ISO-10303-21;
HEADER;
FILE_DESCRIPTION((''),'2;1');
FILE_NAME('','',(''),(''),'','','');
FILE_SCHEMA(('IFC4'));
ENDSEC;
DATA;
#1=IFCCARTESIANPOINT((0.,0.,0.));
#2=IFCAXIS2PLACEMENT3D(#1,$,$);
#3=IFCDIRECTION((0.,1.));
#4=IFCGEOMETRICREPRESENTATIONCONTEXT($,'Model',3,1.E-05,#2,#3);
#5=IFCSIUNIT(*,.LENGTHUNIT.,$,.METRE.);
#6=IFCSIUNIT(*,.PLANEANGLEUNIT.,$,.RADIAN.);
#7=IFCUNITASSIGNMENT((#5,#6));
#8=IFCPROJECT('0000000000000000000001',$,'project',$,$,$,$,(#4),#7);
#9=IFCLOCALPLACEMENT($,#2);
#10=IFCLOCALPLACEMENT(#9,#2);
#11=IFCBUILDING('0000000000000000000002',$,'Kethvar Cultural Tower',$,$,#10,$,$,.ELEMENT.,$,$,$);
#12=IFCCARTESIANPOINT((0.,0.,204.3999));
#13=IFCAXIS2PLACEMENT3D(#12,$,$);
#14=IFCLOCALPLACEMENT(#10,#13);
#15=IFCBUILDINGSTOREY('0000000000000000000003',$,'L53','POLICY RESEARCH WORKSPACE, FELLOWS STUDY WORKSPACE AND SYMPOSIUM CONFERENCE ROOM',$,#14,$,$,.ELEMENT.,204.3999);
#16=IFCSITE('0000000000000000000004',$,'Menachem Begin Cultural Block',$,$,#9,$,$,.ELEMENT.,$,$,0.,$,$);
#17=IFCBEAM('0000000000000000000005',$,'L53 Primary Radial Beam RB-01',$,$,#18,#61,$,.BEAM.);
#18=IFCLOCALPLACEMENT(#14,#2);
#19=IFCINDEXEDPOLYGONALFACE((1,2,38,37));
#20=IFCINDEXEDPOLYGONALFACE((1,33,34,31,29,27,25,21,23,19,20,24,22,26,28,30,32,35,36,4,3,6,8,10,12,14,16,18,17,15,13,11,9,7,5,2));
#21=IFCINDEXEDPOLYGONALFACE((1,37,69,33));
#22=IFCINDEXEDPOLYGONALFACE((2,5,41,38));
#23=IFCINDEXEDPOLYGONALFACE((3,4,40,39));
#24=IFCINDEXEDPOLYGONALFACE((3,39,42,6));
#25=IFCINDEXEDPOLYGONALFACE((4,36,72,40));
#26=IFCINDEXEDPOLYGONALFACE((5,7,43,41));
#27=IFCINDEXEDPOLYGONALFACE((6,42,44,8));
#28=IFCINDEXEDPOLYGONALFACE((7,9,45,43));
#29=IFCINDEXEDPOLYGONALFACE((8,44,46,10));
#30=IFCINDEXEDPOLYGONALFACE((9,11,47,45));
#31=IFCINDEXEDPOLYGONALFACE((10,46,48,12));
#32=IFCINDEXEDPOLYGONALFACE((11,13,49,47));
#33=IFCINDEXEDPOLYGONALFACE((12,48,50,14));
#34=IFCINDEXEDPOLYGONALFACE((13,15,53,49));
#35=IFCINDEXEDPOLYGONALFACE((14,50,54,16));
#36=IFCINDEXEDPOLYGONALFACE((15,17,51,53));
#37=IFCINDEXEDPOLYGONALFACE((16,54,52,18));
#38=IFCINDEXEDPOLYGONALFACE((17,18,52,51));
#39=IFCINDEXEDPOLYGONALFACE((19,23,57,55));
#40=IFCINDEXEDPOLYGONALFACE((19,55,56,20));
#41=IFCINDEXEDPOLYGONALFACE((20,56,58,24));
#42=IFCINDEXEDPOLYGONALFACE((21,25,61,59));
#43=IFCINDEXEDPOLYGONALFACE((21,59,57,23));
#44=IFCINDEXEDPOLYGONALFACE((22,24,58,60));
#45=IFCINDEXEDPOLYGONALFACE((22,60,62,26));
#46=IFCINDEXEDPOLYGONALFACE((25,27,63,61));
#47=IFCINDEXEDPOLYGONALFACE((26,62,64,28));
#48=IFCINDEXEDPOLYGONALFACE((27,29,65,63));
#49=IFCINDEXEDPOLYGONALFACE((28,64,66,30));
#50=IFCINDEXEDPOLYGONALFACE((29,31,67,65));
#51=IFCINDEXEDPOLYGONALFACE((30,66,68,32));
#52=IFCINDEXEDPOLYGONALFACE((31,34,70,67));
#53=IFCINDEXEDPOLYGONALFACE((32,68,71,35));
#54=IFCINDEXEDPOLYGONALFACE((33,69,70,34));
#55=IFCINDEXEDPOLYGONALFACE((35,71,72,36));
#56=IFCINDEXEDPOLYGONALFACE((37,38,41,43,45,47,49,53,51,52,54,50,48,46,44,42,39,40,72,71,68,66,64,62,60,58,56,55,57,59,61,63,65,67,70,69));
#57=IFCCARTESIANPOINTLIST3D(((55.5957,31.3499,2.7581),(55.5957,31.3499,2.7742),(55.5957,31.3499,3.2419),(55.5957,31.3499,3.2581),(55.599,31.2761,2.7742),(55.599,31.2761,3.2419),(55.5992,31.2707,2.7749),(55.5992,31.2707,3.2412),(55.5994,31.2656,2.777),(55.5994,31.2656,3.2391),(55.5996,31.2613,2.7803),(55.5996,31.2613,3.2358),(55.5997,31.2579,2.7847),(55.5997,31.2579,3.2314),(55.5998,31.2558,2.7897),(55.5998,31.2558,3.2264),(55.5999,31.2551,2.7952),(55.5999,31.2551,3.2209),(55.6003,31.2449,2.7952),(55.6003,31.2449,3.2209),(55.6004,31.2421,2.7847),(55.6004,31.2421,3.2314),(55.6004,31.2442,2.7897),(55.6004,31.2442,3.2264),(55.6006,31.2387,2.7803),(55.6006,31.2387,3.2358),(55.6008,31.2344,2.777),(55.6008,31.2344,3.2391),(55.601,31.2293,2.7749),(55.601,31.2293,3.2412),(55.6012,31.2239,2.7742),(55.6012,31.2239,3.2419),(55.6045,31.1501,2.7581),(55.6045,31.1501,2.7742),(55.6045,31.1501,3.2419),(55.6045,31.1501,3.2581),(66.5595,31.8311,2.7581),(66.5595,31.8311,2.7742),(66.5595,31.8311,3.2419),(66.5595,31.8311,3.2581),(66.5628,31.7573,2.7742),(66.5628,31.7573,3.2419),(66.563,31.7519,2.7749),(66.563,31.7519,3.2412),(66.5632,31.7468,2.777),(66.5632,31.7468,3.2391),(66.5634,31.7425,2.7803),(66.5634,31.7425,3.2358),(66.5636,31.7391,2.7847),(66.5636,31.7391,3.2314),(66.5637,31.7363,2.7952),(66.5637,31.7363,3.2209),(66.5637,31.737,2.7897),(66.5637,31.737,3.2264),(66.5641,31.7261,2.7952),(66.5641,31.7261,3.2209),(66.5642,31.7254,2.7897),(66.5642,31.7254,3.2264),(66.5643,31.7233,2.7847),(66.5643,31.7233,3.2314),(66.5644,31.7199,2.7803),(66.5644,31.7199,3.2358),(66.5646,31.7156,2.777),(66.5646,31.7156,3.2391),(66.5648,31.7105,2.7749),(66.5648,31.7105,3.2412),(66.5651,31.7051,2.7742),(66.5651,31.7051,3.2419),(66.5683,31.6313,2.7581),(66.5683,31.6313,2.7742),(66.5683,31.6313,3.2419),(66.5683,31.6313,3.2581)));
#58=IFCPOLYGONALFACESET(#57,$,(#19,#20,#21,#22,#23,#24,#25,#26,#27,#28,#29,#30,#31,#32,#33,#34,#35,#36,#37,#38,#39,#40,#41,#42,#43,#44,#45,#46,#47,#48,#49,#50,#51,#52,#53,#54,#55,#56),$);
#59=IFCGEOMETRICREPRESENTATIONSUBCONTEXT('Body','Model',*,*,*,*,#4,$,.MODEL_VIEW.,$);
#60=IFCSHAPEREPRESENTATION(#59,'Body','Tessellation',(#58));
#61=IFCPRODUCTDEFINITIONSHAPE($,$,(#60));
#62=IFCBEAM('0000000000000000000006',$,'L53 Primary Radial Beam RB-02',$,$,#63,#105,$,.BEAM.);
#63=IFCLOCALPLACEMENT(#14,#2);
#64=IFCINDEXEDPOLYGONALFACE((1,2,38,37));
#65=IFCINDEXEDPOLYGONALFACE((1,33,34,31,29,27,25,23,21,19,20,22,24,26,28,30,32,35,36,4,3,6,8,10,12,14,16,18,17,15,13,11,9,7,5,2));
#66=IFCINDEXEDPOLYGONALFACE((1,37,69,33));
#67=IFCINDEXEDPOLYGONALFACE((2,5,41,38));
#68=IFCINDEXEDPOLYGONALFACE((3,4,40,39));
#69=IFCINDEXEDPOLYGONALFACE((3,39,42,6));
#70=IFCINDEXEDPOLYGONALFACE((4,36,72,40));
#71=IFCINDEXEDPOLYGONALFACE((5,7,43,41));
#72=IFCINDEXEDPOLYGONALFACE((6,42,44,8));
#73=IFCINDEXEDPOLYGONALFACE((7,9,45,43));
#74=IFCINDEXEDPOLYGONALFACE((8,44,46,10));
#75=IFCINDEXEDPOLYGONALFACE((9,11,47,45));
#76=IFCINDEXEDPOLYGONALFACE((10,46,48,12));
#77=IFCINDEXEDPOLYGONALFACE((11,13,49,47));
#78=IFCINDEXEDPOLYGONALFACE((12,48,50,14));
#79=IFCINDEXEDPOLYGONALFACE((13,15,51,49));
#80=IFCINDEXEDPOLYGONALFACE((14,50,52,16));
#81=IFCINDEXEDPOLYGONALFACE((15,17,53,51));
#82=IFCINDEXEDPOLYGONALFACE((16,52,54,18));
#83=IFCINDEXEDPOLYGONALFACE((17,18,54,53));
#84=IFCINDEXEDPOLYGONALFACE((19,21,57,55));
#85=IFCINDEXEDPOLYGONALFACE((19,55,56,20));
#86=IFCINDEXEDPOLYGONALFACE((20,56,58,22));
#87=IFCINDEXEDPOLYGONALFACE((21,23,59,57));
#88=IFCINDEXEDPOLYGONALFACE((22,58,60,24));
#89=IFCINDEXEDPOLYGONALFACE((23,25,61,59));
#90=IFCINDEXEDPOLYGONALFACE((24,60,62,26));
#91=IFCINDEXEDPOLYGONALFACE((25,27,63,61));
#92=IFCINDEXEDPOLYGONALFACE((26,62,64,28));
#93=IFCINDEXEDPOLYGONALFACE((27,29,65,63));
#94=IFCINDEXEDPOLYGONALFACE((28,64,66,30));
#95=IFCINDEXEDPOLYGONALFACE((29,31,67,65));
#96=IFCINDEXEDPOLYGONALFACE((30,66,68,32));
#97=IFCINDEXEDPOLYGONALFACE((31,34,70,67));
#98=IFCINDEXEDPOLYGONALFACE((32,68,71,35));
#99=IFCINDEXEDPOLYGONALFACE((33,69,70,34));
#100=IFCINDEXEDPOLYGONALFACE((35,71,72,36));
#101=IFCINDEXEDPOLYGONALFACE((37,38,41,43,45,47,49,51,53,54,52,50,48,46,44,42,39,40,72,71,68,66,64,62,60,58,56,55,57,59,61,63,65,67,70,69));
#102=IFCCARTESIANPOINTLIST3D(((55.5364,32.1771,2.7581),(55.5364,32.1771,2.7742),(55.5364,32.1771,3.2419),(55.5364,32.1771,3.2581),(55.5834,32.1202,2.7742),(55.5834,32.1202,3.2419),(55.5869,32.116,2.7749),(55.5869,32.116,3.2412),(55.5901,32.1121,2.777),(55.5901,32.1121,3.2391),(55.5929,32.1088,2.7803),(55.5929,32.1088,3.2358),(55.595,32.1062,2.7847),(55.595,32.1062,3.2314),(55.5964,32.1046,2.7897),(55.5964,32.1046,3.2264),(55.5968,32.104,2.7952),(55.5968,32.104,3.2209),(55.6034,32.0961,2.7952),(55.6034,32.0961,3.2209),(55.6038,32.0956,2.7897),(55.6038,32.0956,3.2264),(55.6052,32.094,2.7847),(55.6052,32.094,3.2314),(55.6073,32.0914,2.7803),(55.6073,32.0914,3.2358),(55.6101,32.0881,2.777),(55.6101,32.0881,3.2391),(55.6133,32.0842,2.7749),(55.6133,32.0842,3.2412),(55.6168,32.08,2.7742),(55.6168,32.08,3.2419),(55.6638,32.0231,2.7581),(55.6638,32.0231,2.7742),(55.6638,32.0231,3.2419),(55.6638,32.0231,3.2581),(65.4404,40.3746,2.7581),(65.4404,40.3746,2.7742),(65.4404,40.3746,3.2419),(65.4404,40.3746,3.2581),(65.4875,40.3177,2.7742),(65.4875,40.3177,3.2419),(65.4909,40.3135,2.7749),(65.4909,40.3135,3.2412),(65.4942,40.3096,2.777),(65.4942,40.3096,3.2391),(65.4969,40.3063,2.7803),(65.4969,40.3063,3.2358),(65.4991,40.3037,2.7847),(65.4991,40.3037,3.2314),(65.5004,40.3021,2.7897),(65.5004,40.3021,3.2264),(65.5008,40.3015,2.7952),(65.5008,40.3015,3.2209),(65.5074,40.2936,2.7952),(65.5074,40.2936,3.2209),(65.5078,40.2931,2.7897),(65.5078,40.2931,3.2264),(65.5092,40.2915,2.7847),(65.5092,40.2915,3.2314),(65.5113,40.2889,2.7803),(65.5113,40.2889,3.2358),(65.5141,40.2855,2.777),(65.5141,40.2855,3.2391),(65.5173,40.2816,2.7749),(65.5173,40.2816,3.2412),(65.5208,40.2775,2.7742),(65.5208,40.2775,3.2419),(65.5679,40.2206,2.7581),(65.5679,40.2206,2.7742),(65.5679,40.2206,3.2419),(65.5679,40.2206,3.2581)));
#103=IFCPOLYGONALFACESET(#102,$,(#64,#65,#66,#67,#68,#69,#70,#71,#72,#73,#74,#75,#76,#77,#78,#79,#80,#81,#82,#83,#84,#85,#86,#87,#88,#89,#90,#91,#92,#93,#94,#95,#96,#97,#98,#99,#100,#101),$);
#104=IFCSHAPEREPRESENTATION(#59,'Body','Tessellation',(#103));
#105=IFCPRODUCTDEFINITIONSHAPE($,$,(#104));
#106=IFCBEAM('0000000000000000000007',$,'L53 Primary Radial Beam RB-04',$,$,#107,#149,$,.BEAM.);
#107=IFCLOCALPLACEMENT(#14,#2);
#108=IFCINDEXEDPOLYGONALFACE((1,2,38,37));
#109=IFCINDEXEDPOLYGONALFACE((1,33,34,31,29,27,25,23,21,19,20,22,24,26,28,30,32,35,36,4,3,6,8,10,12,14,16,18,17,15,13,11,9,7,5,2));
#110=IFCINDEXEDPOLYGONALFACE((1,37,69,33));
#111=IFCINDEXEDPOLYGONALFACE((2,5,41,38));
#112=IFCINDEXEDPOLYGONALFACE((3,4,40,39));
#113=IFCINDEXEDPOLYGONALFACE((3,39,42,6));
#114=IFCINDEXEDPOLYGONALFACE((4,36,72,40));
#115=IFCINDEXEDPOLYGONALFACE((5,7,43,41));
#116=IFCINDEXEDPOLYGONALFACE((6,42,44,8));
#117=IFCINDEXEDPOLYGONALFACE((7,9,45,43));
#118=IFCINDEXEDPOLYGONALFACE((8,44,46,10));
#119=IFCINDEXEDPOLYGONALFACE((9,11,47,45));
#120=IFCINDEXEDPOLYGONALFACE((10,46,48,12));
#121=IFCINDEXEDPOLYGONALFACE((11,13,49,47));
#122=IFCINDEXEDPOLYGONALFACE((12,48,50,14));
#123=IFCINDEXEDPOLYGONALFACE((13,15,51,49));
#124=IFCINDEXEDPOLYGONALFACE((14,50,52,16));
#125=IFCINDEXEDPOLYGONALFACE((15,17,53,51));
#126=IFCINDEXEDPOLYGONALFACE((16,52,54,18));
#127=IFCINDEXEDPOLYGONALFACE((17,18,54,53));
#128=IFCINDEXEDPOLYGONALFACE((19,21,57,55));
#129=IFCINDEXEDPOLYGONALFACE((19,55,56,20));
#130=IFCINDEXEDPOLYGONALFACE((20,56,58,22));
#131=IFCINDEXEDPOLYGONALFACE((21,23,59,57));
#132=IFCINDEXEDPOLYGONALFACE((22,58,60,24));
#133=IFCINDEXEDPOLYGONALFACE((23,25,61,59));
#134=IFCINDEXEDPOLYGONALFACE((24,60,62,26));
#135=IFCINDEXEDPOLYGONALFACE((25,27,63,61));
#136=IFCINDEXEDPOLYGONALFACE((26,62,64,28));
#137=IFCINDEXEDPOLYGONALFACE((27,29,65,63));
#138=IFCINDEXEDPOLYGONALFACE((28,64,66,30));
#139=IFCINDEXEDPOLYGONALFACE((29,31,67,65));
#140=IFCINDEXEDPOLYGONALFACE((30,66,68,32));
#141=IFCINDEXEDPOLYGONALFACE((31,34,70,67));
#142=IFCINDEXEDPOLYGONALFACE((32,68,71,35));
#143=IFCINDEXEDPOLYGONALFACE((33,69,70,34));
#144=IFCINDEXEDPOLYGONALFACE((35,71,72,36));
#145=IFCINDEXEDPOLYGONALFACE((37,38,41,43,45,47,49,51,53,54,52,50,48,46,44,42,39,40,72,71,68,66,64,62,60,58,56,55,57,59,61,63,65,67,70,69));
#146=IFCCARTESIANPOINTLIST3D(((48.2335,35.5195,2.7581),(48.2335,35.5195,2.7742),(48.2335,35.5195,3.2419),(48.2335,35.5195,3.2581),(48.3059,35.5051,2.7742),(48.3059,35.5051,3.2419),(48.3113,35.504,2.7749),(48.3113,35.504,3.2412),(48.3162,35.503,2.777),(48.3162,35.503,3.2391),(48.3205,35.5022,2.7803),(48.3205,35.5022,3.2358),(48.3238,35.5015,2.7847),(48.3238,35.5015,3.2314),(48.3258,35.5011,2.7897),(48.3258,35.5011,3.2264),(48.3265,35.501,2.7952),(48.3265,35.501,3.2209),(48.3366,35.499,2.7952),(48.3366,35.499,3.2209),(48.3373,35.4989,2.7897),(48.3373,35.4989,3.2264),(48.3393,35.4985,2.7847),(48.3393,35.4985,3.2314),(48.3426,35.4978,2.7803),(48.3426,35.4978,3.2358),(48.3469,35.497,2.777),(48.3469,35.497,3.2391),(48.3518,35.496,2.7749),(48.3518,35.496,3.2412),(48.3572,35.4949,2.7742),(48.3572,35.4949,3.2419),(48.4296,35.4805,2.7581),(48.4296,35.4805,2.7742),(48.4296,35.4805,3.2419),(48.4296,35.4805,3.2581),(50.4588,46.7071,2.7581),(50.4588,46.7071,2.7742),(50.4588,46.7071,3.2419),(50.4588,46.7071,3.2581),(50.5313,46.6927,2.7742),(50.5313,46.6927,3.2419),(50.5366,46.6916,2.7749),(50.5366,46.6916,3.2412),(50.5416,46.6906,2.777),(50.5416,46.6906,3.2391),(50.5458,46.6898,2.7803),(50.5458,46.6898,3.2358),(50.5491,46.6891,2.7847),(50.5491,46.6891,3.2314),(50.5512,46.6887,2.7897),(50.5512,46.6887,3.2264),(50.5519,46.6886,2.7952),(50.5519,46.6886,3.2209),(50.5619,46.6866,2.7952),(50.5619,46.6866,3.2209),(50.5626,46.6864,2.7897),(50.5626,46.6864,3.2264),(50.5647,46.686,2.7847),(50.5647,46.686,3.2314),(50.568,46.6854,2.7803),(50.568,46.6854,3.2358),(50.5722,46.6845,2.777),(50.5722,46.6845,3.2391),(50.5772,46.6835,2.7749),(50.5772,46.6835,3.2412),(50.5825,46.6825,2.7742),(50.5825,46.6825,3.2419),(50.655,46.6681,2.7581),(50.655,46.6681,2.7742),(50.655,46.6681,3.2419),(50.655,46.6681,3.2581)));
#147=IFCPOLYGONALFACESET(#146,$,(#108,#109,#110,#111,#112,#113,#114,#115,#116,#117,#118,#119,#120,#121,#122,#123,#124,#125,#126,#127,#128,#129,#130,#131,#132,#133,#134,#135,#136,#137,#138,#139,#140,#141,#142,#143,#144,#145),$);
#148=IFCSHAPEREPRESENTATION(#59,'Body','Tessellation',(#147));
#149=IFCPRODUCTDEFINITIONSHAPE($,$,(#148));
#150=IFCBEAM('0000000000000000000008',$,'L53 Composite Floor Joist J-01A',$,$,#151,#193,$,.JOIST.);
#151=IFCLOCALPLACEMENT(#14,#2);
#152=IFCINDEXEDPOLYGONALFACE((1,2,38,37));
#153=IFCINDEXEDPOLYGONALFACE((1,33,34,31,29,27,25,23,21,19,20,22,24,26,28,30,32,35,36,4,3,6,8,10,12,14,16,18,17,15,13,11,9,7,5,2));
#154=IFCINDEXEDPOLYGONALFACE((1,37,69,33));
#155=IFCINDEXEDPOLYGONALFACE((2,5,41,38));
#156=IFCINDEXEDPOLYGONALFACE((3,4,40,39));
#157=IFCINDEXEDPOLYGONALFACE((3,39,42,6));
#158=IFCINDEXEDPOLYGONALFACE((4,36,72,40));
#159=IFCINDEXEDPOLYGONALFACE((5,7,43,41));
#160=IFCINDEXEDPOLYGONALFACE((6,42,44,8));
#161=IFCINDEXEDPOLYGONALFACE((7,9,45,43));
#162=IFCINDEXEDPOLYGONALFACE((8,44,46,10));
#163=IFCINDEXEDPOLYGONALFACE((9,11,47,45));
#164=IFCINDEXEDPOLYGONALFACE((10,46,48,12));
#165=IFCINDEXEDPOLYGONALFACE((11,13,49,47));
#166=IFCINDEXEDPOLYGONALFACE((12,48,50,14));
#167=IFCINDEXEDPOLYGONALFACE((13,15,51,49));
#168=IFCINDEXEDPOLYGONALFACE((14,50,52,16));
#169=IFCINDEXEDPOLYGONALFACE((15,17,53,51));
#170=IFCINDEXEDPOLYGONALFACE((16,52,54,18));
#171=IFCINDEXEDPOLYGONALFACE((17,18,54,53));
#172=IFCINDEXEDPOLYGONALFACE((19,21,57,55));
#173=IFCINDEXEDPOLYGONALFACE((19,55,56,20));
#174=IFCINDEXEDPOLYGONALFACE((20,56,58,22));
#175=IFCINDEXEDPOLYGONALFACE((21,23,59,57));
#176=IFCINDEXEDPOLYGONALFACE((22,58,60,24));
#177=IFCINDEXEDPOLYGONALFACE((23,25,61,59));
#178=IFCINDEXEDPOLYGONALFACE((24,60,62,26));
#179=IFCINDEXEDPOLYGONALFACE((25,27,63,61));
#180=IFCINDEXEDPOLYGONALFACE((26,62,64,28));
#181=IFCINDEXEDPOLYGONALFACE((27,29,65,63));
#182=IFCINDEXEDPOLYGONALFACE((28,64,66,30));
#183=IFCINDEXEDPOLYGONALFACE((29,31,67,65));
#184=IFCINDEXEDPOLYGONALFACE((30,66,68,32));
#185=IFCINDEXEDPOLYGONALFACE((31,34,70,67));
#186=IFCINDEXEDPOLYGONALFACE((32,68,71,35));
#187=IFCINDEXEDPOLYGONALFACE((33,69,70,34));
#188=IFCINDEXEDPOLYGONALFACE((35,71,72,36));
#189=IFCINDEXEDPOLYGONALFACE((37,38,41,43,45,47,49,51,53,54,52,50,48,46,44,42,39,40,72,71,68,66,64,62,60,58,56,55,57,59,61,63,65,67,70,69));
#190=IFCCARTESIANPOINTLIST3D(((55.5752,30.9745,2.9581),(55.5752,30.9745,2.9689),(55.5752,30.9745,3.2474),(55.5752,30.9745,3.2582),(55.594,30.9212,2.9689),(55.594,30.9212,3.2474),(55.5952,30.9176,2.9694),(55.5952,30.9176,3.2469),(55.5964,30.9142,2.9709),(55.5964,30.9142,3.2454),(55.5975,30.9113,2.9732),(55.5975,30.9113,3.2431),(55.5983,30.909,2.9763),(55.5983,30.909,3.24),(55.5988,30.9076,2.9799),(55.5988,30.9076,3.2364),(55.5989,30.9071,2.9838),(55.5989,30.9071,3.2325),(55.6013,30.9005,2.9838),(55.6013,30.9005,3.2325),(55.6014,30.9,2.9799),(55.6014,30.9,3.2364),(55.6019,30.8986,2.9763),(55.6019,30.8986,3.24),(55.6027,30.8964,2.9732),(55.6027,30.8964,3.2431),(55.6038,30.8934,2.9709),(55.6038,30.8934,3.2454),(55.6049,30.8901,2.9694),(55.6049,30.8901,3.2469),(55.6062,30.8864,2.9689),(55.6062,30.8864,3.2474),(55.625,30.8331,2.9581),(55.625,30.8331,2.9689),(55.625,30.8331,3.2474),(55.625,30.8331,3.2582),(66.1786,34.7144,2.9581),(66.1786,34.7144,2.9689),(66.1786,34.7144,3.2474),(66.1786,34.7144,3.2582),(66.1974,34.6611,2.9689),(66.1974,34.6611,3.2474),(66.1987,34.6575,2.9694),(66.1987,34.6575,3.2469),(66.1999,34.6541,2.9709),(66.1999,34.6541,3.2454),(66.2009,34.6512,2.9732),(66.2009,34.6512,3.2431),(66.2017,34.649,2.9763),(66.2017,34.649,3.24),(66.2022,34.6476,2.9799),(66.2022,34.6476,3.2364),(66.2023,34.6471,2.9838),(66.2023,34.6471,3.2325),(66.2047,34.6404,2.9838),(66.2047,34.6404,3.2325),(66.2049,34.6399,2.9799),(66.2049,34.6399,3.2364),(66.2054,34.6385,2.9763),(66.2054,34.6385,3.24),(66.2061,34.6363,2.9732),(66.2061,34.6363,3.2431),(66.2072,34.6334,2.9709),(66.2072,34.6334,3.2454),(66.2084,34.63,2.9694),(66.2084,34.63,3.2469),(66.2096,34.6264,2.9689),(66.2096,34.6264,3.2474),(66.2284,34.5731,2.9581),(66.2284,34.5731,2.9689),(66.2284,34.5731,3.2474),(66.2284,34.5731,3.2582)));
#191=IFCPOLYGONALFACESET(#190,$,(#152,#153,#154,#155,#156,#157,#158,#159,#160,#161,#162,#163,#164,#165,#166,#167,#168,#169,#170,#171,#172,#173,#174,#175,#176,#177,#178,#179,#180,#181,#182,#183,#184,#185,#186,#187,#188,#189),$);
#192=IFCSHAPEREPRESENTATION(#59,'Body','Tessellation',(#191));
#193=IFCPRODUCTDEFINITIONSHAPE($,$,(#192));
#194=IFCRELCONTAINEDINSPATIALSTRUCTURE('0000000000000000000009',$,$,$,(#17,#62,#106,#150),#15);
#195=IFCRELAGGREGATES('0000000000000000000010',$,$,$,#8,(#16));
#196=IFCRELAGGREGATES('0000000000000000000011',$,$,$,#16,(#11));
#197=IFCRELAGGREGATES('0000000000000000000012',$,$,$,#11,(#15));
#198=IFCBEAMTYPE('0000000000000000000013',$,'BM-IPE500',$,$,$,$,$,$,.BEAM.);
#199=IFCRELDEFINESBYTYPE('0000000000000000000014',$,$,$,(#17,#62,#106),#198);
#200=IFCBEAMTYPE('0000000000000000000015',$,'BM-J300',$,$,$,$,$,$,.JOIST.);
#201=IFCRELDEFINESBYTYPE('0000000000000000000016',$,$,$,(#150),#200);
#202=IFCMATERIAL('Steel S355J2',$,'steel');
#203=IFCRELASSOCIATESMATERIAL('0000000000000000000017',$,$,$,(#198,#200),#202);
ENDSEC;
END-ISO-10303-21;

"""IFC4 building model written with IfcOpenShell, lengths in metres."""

from ifc_helpers import new_model, si_unit, direction, frame, origin, origin_2d, place, context, subcontext, project, spatial, i_section, extrude, source, transform, mapped, material, material_profile, profile_set, type_object, element, save


model = new_model("IFC4")

# Units and contexts
model_context = context("Model", 3, precision=1e-05, world=origin(), true_north=direction((0.0, 1.0)))
body_context = subcontext(model_context, "Body", "Model", "MODEL_VIEW")
ifc_project = project(units=[si_unit("LENGTHUNIT", "METRE"), si_unit("PLANEANGLEUNIT", "RADIAN")], contexts=[model_context])

# Site, building, storey
site_placement = place(None, origin())
site = spatial("IfcSite", under=ifc_project, at=site_placement, Name="Menachem Begin Cultural Block", CompositionType="ELEMENT", RefElevation=0.0)
building_placement = place(site_placement, origin())
building = spatial("IfcBuilding", under=site, at=building_placement, Name="Kethvar Cultural Tower", CompositionType="ELEMENT")
storey_placement = place(building_placement, frame((0.0, 0.0, 204.3999)))
storey = spatial("IfcBuildingStorey", under=building, at=storey_placement, Name="L53", Description="POLICY RESEARCH WORKSPACE, FELLOWS STUDY WORKSPACE AND SYMPOSIUM CONFERENCE ROOM", CompositionType="ELEMENT", Elevation=204.3999)

# Beams
ifc_material_1 = material(Name="Steel S355J2", Category="steel")
ifc_material_profile_1 = material_profile(ifc_material_1, i_section(OverallWidth=0.2, OverallDepth=0.5, WebThickness=0.0103, FlangeThickness=0.0161, FilletRadius=0.021, at=origin_2d()), Name="Steel S355J2 — IPE500")
ifc_profile_set_1 = profile_set([ifc_material_profile_1], Name="Steel S355J2 — IPE500")
beam_type_1 = type_object("IfcBeamType", Name="BM-IPE500", PredefinedType="BEAM", material=ifc_profile_set_1)
shared_shape_1 = source(origin(), body_context, "Body", "SweptSolid", [
    extrude(i_section(OverallWidth=0.2, OverallDepth=0.5, WebThickness=0.0103, FlangeThickness=0.0161, FilletRadius=0.021, at=origin_2d()), origin(), (0.0, 0.0, 1.0), 10.9744),
])
beam_1_placement = place(storey_placement, frame((55.6001, 31.25, 3.0081), z_axis=(0.999038, 0.043848, 0.0), x_axis=(-0.043848, 0.999038, 0.0)))
element("IfcBeam", 1, at=beam_1_placement, inside=storey, type_object=beam_type_1, Name="L53 Primary Radial Beam RB-01", PredefinedType="BEAM", context=body_context, shape_type="MappedRepresentation", body=[
    mapped(shared_shape_1, transform((0.0, 0.0, 0.0), scale=1.0)),
])
shared_shape_2 = source(origin(), body_context, "Body", "SweptSolid", [
    extrude(i_section(OverallWidth=0.2, OverallDepth=0.5, WebThickness=0.0103, FlangeThickness=0.0161, FilletRadius=0.021, at=origin_2d()), origin(), (0.0, 0.0, 1.0), 12.8564),
])
beam_2_placement = place(storey_placement, frame((55.6001, 32.1001, 3.0081), z_axis=(0.770354, 0.637616, 0.0), x_axis=(-0.637616, 0.770354, 0.0)))
element("IfcBeam", 2, at=beam_2_placement, inside=storey, type_object=beam_type_1, Name="L53 Primary Radial Beam RB-02", PredefinedType="BEAM", context=body_context, shape_type="MappedRepresentation", body=[
    mapped(shared_shape_2, transform((0.0, 0.0, 0.0), scale=1.0)),
])
shared_shape_3 = source(origin(), body_context, "Body", "SweptSolid", [
    extrude(i_section(OverallWidth=0.2, OverallDepth=0.5, WebThickness=0.0103, FlangeThickness=0.0161, FilletRadius=0.021, at=origin_2d()), origin(), (0.0, 0.0, 1.0), 11.4067),
])
beam_3_placement = place(storey_placement, frame((48.3315, 35.5, 3.0081), z_axis=(0.195091, 0.980785, 0.0), x_axis=(-0.980785, 0.195091, 0.0)))
element("IfcBeam", 3, at=beam_3_placement, inside=storey, type_object=beam_type_1, Name="L53 Primary Radial Beam RB-04", PredefinedType="BEAM", context=body_context, shape_type="MappedRepresentation", body=[
    mapped(shared_shape_3, transform((0.0, 0.0, 0.0), scale=1.0)),
])
ifc_material_profile_2 = material_profile(ifc_material_1, i_section(OverallWidth=0.1499, OverallDepth=0.3, WebThickness=0.0071, FlangeThickness=0.0107, FilletRadius=0.0149, at=origin_2d()), Name="Steel S355J2 — IPE300")
ifc_profile_set_2 = profile_set([ifc_material_profile_2], Name="Steel S355J2 — IPE300")
beam_type_2 = type_object("IfcBeamType", Name="BM-J300", PredefinedType="JOIST", material=ifc_profile_set_2)
shared_shape_4 = source(origin(), body_context, "Body", "SweptSolid", [
    extrude(i_section(OverallWidth=0.1499, OverallDepth=0.3, WebThickness=0.0071, FlangeThickness=0.0107, FilletRadius=0.0149, at=origin_2d()), origin(), (0.0, 0.0, 1.0), 11.2437),
])
beam_4_placement = place(storey_placement, frame((55.6001, 30.9038, 3.1082), z_axis=(0.943058, 0.332628, 0.0), x_axis=(-0.332628, 0.943058, 0.0)))
element("IfcBeam", 4, at=beam_4_placement, inside=storey, type_object=beam_type_2, Name="L53 Composite Floor Joist J-01A", PredefinedType="JOIST", context=body_context, shape_type="MappedRepresentation", body=[
    mapped(shared_shape_4, transform((0.0, 0.0, 0.0), scale=1.0)),
])

save(model, "model.ifc")
